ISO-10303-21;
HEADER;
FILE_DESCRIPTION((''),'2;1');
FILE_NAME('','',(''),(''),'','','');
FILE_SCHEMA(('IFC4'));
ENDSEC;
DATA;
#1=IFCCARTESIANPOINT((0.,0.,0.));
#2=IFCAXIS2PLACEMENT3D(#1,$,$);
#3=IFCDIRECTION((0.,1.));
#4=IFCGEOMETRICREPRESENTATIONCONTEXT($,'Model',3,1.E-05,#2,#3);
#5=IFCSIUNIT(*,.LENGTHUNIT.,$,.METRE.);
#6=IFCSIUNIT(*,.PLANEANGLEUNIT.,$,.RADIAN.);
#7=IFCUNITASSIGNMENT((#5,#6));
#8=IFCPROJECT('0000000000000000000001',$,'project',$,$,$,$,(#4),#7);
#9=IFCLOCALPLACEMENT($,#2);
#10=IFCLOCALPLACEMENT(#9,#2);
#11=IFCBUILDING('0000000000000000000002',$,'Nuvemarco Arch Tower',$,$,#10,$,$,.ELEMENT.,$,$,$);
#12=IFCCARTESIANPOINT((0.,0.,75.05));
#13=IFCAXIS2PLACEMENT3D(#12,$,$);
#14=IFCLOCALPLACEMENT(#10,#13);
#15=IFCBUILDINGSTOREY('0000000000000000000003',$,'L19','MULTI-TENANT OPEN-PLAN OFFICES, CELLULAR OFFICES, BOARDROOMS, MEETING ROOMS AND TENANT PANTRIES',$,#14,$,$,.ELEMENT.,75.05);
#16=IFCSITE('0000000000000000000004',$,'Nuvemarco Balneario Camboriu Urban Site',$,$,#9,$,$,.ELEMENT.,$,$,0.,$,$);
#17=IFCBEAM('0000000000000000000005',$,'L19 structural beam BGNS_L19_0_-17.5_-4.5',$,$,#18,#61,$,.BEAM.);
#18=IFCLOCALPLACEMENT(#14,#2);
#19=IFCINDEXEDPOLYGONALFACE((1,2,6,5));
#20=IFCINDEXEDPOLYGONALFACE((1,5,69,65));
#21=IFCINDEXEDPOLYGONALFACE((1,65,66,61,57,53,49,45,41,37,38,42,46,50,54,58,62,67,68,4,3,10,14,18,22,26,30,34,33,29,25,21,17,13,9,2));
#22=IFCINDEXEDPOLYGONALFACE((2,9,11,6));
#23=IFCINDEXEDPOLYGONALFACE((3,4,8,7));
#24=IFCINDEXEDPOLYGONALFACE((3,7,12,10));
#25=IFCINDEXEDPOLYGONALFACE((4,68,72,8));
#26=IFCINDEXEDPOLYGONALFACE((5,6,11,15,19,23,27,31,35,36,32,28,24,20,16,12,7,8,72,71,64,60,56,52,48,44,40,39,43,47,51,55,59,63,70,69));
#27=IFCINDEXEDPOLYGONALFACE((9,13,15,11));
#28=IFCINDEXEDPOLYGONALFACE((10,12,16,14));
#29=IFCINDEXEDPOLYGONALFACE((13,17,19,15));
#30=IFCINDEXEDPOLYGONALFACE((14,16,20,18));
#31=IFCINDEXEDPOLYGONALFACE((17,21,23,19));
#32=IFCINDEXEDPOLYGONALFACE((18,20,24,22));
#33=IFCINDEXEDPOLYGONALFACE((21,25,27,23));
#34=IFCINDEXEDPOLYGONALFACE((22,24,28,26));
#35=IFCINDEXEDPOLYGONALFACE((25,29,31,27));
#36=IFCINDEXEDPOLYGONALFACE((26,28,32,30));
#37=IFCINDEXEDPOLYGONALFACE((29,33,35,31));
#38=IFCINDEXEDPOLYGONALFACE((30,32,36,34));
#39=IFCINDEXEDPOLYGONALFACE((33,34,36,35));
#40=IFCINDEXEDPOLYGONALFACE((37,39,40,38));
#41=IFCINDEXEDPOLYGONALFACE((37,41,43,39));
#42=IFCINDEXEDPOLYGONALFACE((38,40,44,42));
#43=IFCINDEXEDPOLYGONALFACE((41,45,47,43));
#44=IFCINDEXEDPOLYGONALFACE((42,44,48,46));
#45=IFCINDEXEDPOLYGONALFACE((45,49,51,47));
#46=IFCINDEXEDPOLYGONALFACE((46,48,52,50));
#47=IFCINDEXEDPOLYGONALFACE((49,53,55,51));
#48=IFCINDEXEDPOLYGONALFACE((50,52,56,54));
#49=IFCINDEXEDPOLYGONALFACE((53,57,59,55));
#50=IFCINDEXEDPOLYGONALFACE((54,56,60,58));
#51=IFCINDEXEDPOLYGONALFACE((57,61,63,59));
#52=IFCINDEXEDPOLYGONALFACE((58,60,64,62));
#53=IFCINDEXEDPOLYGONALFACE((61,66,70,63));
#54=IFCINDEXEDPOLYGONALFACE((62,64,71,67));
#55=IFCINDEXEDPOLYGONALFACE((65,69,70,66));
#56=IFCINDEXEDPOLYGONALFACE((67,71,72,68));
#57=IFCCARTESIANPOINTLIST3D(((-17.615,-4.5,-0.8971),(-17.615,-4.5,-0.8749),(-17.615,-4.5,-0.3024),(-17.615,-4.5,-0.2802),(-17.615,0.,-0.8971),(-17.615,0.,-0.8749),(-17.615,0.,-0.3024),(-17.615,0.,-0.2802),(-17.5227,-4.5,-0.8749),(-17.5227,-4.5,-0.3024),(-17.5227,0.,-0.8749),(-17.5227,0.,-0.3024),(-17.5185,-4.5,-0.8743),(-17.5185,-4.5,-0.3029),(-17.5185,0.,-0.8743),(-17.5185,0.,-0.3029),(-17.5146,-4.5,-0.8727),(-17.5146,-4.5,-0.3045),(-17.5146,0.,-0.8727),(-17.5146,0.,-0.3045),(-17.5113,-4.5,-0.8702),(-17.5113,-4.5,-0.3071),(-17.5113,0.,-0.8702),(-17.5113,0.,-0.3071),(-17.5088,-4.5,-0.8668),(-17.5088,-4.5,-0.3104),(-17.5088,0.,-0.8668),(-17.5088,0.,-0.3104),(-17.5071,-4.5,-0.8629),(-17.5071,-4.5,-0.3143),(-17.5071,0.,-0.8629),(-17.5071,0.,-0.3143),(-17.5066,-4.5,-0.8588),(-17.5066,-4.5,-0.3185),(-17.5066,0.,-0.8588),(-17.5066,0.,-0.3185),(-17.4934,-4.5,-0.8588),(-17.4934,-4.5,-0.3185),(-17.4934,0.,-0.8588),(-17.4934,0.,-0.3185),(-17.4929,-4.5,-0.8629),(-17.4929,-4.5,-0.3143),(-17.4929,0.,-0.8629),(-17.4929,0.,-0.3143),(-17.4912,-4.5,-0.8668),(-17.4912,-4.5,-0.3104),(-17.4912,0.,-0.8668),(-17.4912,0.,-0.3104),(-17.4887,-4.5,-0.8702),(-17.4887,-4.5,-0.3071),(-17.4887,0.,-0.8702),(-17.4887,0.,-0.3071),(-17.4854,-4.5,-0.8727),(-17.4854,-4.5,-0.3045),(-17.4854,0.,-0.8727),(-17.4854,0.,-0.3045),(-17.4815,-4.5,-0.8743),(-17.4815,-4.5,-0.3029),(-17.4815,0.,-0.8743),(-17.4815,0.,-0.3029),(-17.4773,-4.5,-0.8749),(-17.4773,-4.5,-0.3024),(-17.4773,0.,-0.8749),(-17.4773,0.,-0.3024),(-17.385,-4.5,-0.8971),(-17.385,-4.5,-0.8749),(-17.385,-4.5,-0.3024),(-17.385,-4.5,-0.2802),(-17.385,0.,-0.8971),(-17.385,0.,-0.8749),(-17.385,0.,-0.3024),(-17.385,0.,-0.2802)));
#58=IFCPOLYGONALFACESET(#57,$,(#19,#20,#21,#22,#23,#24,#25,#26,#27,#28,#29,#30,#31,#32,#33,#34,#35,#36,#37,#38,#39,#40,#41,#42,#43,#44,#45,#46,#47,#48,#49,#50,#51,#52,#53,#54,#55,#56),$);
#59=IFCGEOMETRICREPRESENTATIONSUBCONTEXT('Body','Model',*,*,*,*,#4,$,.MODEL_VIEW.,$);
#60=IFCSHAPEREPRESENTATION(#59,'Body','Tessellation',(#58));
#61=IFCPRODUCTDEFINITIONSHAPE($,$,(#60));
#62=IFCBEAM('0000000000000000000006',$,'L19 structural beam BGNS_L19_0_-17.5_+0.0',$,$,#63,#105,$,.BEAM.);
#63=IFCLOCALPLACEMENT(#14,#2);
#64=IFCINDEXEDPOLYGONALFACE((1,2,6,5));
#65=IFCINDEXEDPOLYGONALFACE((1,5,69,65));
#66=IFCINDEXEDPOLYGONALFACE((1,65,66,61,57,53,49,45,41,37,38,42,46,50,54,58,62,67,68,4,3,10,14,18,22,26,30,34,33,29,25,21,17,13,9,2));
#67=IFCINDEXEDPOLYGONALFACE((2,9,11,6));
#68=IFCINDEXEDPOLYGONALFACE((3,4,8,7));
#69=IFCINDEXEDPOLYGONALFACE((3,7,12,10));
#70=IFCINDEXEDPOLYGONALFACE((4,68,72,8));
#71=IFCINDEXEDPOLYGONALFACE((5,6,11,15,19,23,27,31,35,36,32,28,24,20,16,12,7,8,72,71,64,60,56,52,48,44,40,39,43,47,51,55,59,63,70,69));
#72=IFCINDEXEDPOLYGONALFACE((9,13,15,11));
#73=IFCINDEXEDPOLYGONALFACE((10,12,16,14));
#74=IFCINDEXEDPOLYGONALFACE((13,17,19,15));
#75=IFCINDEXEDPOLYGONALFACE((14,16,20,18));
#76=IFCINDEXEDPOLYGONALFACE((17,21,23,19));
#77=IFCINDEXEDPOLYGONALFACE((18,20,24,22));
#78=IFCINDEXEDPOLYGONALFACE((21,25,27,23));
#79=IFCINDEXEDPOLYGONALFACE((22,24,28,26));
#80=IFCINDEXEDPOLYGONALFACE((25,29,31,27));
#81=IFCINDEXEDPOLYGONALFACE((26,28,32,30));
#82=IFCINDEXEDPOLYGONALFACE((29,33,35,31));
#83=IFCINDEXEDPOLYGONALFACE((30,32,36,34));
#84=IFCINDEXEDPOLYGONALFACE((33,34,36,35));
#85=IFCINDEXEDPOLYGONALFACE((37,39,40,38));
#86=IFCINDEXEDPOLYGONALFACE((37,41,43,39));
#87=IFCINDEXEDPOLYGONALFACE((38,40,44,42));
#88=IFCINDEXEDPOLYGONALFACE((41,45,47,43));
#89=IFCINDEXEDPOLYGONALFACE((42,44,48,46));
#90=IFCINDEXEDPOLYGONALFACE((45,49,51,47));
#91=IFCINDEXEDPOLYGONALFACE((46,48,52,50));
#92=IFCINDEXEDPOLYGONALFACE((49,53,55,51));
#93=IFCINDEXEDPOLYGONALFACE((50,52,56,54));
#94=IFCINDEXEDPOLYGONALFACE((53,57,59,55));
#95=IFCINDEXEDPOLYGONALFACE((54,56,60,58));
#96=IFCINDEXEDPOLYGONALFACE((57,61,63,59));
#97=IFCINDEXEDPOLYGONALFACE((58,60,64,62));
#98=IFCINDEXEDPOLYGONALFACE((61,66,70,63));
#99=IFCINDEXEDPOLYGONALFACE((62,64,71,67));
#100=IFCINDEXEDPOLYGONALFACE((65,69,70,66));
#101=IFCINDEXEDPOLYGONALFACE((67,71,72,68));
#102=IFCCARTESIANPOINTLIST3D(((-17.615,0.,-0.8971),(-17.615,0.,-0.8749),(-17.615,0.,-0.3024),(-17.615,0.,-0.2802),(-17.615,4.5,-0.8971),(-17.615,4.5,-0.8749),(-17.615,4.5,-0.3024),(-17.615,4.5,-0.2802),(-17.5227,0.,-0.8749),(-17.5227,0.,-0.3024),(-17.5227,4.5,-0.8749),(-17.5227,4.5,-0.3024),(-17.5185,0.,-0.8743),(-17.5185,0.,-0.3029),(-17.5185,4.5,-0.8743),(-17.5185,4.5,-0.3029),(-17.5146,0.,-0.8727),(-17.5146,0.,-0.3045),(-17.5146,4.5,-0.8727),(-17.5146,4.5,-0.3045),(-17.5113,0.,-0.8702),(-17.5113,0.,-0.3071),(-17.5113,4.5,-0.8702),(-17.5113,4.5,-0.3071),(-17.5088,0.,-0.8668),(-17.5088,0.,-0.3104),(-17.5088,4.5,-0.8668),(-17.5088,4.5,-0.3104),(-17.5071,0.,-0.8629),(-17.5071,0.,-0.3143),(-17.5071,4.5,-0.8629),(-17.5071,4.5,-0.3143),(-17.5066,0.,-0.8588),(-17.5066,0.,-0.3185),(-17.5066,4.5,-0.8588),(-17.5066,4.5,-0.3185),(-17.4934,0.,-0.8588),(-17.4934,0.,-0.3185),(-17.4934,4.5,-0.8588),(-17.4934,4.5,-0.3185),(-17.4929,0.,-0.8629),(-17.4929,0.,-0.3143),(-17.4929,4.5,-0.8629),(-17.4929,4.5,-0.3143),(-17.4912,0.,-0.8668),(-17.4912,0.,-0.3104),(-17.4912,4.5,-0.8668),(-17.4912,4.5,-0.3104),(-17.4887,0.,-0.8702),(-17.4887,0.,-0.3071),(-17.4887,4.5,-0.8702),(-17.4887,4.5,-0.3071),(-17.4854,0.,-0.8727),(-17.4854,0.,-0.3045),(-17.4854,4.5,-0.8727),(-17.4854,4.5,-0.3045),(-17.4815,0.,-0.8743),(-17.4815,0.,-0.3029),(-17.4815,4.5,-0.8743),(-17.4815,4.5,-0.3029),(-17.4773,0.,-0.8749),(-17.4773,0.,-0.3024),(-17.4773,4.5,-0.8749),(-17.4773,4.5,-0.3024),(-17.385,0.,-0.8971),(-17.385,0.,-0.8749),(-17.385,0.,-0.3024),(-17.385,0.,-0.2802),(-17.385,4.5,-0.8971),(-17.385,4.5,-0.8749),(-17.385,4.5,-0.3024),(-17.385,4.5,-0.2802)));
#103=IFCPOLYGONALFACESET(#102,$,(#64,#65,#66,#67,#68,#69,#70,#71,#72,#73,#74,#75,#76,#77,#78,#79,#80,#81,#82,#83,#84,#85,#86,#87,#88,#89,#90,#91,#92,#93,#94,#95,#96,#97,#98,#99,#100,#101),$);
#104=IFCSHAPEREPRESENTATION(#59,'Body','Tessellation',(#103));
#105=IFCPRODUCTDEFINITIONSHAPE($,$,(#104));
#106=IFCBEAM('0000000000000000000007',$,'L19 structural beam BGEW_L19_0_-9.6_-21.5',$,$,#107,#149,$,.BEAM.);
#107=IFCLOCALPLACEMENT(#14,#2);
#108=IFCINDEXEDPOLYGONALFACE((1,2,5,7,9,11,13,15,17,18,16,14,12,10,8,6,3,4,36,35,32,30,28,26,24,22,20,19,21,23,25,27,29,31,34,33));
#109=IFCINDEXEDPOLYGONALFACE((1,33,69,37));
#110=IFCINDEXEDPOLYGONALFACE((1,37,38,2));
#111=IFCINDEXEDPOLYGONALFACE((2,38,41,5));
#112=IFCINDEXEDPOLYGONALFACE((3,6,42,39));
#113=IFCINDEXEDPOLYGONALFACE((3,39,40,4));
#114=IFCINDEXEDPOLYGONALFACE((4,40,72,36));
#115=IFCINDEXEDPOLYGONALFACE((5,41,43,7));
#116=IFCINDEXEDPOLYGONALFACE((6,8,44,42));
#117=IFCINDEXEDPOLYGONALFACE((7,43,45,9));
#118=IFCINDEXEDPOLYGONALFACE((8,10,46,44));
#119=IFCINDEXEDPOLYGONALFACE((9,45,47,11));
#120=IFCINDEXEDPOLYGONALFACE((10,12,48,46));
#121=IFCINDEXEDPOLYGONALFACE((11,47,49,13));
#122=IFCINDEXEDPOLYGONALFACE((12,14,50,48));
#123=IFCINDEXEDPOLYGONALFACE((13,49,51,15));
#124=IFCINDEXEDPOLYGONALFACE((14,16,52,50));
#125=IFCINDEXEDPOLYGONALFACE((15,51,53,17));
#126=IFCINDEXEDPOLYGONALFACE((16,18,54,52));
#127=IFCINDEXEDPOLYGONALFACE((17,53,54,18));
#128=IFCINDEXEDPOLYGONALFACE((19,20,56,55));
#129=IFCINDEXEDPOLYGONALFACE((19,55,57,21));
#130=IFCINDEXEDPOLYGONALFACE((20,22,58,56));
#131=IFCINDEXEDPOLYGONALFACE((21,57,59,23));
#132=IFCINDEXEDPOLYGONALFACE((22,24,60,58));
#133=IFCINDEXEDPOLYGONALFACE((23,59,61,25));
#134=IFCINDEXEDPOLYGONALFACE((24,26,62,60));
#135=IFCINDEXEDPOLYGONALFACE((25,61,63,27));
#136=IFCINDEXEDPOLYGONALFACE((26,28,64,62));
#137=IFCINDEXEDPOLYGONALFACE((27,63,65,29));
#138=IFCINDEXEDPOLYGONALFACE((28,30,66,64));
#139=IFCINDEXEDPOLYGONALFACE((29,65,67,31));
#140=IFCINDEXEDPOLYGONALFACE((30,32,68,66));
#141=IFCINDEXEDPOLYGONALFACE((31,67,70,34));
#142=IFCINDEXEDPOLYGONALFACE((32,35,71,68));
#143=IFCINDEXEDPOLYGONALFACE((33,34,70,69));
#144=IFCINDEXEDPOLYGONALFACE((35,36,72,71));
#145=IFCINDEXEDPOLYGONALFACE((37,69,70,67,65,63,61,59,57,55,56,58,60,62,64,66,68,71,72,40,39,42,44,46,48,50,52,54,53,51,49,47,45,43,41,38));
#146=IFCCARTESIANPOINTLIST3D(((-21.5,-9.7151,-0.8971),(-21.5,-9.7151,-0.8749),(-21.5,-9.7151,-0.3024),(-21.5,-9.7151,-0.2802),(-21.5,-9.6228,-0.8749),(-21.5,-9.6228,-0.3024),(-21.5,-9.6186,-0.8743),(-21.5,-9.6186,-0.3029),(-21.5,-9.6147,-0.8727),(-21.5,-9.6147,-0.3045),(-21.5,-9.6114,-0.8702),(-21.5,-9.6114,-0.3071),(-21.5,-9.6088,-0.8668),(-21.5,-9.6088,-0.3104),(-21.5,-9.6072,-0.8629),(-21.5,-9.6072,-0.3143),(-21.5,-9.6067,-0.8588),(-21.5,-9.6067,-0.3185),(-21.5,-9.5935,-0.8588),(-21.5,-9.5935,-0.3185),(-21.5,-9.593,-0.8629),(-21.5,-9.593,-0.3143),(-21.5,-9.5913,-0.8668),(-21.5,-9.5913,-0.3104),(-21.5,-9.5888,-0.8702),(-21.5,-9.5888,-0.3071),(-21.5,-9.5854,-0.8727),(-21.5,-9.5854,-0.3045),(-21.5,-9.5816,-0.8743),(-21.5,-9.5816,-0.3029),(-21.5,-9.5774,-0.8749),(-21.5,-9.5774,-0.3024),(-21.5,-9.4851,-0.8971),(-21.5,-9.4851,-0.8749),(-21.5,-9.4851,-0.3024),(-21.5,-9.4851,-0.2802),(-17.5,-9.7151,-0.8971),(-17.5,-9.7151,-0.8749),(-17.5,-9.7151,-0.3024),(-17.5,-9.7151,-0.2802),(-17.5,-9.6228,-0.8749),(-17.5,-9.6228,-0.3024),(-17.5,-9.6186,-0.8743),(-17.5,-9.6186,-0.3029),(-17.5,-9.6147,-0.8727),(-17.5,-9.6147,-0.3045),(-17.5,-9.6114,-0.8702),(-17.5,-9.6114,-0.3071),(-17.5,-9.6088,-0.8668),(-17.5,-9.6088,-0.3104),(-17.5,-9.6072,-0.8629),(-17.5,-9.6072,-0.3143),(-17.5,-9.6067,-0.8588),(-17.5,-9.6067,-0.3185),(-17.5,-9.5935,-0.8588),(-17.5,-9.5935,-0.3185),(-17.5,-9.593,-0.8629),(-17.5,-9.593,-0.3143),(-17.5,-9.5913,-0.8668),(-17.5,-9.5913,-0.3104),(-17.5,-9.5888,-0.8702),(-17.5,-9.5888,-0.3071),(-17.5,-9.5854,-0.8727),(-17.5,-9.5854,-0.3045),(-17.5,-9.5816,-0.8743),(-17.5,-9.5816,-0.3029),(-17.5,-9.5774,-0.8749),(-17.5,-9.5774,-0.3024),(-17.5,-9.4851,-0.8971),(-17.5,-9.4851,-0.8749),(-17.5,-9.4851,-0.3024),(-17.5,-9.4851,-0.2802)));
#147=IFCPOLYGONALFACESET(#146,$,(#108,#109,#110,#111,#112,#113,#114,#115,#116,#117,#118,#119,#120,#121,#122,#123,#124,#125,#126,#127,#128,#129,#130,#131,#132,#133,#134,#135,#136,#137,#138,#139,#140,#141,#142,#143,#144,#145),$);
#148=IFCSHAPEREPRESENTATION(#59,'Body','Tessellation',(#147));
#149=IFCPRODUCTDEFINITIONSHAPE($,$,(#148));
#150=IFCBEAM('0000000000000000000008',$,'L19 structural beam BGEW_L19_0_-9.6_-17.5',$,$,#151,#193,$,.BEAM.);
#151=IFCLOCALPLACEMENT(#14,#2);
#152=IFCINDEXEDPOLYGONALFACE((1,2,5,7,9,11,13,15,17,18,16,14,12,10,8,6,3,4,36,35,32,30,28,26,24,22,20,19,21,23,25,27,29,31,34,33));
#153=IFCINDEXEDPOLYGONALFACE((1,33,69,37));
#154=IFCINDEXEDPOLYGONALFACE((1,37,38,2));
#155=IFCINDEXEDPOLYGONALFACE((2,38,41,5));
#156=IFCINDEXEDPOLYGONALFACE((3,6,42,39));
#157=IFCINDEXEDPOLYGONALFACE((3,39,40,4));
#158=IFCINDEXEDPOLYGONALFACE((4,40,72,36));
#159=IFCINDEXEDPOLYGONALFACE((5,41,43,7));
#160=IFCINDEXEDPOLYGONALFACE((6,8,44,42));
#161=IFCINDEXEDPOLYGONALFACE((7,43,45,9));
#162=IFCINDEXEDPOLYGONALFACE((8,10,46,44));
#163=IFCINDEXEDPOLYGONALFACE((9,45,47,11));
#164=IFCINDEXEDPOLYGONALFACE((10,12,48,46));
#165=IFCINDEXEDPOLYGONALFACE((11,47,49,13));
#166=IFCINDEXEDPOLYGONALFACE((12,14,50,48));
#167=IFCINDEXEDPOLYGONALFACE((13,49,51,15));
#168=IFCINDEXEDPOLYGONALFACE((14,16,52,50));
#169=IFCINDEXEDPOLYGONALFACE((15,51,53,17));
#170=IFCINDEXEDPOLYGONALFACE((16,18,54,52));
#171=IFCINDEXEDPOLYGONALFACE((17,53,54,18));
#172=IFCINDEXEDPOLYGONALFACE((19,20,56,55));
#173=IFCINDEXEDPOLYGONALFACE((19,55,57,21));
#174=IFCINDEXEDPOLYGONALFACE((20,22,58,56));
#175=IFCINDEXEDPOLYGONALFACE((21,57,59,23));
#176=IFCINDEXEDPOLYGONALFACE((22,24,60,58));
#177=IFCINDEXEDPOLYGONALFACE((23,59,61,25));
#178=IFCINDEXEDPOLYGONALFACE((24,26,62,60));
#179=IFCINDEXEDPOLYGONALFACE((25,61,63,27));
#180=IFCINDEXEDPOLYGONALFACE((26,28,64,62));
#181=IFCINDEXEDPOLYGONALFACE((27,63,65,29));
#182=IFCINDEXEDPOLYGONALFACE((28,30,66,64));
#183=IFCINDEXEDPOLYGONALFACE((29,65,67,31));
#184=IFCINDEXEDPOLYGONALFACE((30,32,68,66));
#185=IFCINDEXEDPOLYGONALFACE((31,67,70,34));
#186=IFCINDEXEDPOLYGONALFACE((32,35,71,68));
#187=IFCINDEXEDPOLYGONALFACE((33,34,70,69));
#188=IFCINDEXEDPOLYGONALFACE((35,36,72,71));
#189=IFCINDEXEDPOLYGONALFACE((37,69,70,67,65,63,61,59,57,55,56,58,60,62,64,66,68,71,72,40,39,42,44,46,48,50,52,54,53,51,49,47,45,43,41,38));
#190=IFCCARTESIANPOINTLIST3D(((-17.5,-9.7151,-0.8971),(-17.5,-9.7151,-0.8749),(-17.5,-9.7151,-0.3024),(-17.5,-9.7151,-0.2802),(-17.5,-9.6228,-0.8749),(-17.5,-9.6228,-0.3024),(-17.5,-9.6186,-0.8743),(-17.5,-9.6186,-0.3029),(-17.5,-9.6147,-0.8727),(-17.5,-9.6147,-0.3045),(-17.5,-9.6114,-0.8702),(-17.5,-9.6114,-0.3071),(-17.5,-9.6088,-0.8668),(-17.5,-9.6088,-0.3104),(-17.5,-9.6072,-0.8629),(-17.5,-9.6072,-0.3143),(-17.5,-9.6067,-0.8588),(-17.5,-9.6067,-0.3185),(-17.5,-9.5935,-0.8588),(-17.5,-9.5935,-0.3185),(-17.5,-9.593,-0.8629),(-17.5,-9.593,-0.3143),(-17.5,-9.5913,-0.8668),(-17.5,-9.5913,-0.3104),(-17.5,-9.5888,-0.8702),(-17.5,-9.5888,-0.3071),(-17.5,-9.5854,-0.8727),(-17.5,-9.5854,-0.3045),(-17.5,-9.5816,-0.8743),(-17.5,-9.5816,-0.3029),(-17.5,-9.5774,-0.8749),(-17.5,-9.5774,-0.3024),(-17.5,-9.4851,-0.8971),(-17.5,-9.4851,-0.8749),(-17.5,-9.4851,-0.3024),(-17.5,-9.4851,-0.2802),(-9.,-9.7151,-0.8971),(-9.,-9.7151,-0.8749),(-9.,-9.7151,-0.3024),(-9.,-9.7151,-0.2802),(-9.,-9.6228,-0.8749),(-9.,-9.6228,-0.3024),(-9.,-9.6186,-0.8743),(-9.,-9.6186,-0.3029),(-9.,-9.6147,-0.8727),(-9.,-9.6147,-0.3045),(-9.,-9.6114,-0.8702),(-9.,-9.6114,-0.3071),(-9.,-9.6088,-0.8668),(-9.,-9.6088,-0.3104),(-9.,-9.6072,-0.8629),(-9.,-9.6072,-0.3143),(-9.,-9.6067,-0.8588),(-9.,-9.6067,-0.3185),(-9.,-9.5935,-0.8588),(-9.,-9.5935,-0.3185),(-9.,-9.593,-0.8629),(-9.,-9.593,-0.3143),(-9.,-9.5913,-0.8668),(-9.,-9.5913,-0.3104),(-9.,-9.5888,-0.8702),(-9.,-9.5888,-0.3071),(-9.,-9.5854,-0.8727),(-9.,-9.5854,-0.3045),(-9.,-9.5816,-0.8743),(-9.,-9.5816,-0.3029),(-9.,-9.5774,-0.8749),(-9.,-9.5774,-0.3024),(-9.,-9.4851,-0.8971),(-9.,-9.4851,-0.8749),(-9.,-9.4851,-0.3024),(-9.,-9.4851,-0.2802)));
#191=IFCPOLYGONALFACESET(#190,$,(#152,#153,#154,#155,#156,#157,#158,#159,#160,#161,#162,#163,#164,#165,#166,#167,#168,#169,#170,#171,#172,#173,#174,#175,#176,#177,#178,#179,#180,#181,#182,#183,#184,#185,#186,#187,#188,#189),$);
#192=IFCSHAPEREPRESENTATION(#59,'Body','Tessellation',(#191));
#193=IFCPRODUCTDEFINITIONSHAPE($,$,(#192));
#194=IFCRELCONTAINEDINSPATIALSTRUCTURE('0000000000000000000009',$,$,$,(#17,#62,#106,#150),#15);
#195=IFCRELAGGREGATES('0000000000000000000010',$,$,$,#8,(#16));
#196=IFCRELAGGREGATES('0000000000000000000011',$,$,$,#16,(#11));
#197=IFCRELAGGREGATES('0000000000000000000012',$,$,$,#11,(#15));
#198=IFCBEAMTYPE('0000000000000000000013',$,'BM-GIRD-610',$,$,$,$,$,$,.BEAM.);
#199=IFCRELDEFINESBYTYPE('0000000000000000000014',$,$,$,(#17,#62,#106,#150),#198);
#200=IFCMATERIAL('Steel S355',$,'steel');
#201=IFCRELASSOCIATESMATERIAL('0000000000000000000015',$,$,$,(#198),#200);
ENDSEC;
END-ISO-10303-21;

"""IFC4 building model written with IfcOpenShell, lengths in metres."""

from ifc_helpers import new_model, si_unit, direction, frame, origin, origin_2d, place, context, subcontext, project, spatial, i_section, extrude, material, material_profile, profile_set, type_object, element, save


model = new_model("IFC4")

# Units and contexts
model_context = context("Model", 3, precision=1e-05, world=origin(), true_north=direction((0.0, 1.0)))
body_context = subcontext(model_context, "Body", "Model", "MODEL_VIEW")
ifc_project = project(units=[si_unit("LENGTHUNIT", "METRE"), si_unit("PLANEANGLEUNIT", "RADIAN")], contexts=[model_context])

# Site, building, storey
site_placement = place(None, origin())
site = spatial("IfcSite", under=ifc_project, at=site_placement, Name="Nuvemarco Balneario Camboriu Urban Site", CompositionType="ELEMENT", RefElevation=0.0)
building_placement = place(site_placement, origin())
building = spatial("IfcBuilding", under=site, at=building_placement, Name="Nuvemarco Arch Tower", CompositionType="ELEMENT")
storey_placement = place(building_placement, frame((0.0, 0.0, 75.05)))
storey = spatial("IfcBuildingStorey", under=building, at=storey_placement, Name="L19", Description="MULTI-TENANT OPEN-PLAN OFFICES, CELLULAR OFFICES, BOARDROOMS, MEETING ROOMS AND TENANT PANTRIES", CompositionType="ELEMENT", Elevation=75.05)

# Beams
ifc_material_1 = material(Name="Steel S355", Category="steel")
ifc_material_profile_1 = material_profile(ifc_material_1, i_section(OverallWidth=0.23, OverallDepth=0.6169, WebThickness=0.0132, FlangeThickness=0.0222, FilletRadius=0.0161, at=origin_2d()), Name="W610x140")
ifc_profile_set_1 = profile_set([ifc_material_profile_1], Name="Steel S355")
beam_type_1 = type_object("IfcBeamType", Name="BM-GIRD-610", PredefinedType="BEAM", material=ifc_profile_set_1)
for number, where, z_axis, x_axis, name in (
    (1, (-17.5, -4.5, -0.5886), (0.0, 1.0, 0.0), (-1.0, 0.0, 0.0), "L19 structural beam BGNS_L19_0_-17.5_-4.5"),
    (2, (-17.5, 0.0, -0.5886), (0.0, 1.0, 0.0), (-1.0, 0.0, 0.0), "L19 structural beam BGNS_L19_0_-17.5_+0.0"),
):
    element("IfcBeam", number, at=place(storey_placement, frame(where, z_axis=z_axis, x_axis=x_axis)), inside=storey, type_object=beam_type_1, Name=name, PredefinedType="BEAM", context=body_context, shape_type="SweptSolid", body=[
        extrude(i_section(OverallWidth=0.23, OverallDepth=0.6169, WebThickness=0.0132, FlangeThickness=0.0222, FilletRadius=0.0161, at=origin_2d()), origin(), (0.0, 0.0, 1.0), 4.5),
    ])
beam_1_placement = place(storey_placement, frame((-21.5, -9.6001, -0.5886), z_axis=(1.0, 0.0, 0.0), x_axis=(0.0, 1.0, 0.0)))
element("IfcBeam", 3, at=beam_1_placement, inside=storey, type_object=beam_type_1, Name="L19 structural beam BGEW_L19_0_-9.6_-21.5", PredefinedType="BEAM", context=body_context, shape_type="SweptSolid", body=[
    extrude(i_section(OverallWidth=0.23, OverallDepth=0.6169, WebThickness=0.0132, FlangeThickness=0.0222, FilletRadius=0.0161, at=origin_2d()), origin(), (0.0, 0.0, 1.0), 4.0),
])
beam_2_placement = place(storey_placement, frame((-17.5, -9.6001, -0.5886), z_axis=(1.0, 0.0, 0.0), x_axis=(0.0, 1.0, 0.0)))
element("IfcBeam", 4, at=beam_2_placement, inside=storey, type_object=beam_type_1, Name="L19 structural beam BGEW_L19_0_-9.6_-17.5", PredefinedType="BEAM", context=body_context, shape_type="SweptSolid", body=[
    extrude(i_section(OverallWidth=0.23, OverallDepth=0.6169, WebThickness=0.0132, FlangeThickness=0.0222, FilletRadius=0.0161, at=origin_2d()), origin(), (0.0, 0.0, 1.0), 8.5),
])

save(model, "model.ifc")
